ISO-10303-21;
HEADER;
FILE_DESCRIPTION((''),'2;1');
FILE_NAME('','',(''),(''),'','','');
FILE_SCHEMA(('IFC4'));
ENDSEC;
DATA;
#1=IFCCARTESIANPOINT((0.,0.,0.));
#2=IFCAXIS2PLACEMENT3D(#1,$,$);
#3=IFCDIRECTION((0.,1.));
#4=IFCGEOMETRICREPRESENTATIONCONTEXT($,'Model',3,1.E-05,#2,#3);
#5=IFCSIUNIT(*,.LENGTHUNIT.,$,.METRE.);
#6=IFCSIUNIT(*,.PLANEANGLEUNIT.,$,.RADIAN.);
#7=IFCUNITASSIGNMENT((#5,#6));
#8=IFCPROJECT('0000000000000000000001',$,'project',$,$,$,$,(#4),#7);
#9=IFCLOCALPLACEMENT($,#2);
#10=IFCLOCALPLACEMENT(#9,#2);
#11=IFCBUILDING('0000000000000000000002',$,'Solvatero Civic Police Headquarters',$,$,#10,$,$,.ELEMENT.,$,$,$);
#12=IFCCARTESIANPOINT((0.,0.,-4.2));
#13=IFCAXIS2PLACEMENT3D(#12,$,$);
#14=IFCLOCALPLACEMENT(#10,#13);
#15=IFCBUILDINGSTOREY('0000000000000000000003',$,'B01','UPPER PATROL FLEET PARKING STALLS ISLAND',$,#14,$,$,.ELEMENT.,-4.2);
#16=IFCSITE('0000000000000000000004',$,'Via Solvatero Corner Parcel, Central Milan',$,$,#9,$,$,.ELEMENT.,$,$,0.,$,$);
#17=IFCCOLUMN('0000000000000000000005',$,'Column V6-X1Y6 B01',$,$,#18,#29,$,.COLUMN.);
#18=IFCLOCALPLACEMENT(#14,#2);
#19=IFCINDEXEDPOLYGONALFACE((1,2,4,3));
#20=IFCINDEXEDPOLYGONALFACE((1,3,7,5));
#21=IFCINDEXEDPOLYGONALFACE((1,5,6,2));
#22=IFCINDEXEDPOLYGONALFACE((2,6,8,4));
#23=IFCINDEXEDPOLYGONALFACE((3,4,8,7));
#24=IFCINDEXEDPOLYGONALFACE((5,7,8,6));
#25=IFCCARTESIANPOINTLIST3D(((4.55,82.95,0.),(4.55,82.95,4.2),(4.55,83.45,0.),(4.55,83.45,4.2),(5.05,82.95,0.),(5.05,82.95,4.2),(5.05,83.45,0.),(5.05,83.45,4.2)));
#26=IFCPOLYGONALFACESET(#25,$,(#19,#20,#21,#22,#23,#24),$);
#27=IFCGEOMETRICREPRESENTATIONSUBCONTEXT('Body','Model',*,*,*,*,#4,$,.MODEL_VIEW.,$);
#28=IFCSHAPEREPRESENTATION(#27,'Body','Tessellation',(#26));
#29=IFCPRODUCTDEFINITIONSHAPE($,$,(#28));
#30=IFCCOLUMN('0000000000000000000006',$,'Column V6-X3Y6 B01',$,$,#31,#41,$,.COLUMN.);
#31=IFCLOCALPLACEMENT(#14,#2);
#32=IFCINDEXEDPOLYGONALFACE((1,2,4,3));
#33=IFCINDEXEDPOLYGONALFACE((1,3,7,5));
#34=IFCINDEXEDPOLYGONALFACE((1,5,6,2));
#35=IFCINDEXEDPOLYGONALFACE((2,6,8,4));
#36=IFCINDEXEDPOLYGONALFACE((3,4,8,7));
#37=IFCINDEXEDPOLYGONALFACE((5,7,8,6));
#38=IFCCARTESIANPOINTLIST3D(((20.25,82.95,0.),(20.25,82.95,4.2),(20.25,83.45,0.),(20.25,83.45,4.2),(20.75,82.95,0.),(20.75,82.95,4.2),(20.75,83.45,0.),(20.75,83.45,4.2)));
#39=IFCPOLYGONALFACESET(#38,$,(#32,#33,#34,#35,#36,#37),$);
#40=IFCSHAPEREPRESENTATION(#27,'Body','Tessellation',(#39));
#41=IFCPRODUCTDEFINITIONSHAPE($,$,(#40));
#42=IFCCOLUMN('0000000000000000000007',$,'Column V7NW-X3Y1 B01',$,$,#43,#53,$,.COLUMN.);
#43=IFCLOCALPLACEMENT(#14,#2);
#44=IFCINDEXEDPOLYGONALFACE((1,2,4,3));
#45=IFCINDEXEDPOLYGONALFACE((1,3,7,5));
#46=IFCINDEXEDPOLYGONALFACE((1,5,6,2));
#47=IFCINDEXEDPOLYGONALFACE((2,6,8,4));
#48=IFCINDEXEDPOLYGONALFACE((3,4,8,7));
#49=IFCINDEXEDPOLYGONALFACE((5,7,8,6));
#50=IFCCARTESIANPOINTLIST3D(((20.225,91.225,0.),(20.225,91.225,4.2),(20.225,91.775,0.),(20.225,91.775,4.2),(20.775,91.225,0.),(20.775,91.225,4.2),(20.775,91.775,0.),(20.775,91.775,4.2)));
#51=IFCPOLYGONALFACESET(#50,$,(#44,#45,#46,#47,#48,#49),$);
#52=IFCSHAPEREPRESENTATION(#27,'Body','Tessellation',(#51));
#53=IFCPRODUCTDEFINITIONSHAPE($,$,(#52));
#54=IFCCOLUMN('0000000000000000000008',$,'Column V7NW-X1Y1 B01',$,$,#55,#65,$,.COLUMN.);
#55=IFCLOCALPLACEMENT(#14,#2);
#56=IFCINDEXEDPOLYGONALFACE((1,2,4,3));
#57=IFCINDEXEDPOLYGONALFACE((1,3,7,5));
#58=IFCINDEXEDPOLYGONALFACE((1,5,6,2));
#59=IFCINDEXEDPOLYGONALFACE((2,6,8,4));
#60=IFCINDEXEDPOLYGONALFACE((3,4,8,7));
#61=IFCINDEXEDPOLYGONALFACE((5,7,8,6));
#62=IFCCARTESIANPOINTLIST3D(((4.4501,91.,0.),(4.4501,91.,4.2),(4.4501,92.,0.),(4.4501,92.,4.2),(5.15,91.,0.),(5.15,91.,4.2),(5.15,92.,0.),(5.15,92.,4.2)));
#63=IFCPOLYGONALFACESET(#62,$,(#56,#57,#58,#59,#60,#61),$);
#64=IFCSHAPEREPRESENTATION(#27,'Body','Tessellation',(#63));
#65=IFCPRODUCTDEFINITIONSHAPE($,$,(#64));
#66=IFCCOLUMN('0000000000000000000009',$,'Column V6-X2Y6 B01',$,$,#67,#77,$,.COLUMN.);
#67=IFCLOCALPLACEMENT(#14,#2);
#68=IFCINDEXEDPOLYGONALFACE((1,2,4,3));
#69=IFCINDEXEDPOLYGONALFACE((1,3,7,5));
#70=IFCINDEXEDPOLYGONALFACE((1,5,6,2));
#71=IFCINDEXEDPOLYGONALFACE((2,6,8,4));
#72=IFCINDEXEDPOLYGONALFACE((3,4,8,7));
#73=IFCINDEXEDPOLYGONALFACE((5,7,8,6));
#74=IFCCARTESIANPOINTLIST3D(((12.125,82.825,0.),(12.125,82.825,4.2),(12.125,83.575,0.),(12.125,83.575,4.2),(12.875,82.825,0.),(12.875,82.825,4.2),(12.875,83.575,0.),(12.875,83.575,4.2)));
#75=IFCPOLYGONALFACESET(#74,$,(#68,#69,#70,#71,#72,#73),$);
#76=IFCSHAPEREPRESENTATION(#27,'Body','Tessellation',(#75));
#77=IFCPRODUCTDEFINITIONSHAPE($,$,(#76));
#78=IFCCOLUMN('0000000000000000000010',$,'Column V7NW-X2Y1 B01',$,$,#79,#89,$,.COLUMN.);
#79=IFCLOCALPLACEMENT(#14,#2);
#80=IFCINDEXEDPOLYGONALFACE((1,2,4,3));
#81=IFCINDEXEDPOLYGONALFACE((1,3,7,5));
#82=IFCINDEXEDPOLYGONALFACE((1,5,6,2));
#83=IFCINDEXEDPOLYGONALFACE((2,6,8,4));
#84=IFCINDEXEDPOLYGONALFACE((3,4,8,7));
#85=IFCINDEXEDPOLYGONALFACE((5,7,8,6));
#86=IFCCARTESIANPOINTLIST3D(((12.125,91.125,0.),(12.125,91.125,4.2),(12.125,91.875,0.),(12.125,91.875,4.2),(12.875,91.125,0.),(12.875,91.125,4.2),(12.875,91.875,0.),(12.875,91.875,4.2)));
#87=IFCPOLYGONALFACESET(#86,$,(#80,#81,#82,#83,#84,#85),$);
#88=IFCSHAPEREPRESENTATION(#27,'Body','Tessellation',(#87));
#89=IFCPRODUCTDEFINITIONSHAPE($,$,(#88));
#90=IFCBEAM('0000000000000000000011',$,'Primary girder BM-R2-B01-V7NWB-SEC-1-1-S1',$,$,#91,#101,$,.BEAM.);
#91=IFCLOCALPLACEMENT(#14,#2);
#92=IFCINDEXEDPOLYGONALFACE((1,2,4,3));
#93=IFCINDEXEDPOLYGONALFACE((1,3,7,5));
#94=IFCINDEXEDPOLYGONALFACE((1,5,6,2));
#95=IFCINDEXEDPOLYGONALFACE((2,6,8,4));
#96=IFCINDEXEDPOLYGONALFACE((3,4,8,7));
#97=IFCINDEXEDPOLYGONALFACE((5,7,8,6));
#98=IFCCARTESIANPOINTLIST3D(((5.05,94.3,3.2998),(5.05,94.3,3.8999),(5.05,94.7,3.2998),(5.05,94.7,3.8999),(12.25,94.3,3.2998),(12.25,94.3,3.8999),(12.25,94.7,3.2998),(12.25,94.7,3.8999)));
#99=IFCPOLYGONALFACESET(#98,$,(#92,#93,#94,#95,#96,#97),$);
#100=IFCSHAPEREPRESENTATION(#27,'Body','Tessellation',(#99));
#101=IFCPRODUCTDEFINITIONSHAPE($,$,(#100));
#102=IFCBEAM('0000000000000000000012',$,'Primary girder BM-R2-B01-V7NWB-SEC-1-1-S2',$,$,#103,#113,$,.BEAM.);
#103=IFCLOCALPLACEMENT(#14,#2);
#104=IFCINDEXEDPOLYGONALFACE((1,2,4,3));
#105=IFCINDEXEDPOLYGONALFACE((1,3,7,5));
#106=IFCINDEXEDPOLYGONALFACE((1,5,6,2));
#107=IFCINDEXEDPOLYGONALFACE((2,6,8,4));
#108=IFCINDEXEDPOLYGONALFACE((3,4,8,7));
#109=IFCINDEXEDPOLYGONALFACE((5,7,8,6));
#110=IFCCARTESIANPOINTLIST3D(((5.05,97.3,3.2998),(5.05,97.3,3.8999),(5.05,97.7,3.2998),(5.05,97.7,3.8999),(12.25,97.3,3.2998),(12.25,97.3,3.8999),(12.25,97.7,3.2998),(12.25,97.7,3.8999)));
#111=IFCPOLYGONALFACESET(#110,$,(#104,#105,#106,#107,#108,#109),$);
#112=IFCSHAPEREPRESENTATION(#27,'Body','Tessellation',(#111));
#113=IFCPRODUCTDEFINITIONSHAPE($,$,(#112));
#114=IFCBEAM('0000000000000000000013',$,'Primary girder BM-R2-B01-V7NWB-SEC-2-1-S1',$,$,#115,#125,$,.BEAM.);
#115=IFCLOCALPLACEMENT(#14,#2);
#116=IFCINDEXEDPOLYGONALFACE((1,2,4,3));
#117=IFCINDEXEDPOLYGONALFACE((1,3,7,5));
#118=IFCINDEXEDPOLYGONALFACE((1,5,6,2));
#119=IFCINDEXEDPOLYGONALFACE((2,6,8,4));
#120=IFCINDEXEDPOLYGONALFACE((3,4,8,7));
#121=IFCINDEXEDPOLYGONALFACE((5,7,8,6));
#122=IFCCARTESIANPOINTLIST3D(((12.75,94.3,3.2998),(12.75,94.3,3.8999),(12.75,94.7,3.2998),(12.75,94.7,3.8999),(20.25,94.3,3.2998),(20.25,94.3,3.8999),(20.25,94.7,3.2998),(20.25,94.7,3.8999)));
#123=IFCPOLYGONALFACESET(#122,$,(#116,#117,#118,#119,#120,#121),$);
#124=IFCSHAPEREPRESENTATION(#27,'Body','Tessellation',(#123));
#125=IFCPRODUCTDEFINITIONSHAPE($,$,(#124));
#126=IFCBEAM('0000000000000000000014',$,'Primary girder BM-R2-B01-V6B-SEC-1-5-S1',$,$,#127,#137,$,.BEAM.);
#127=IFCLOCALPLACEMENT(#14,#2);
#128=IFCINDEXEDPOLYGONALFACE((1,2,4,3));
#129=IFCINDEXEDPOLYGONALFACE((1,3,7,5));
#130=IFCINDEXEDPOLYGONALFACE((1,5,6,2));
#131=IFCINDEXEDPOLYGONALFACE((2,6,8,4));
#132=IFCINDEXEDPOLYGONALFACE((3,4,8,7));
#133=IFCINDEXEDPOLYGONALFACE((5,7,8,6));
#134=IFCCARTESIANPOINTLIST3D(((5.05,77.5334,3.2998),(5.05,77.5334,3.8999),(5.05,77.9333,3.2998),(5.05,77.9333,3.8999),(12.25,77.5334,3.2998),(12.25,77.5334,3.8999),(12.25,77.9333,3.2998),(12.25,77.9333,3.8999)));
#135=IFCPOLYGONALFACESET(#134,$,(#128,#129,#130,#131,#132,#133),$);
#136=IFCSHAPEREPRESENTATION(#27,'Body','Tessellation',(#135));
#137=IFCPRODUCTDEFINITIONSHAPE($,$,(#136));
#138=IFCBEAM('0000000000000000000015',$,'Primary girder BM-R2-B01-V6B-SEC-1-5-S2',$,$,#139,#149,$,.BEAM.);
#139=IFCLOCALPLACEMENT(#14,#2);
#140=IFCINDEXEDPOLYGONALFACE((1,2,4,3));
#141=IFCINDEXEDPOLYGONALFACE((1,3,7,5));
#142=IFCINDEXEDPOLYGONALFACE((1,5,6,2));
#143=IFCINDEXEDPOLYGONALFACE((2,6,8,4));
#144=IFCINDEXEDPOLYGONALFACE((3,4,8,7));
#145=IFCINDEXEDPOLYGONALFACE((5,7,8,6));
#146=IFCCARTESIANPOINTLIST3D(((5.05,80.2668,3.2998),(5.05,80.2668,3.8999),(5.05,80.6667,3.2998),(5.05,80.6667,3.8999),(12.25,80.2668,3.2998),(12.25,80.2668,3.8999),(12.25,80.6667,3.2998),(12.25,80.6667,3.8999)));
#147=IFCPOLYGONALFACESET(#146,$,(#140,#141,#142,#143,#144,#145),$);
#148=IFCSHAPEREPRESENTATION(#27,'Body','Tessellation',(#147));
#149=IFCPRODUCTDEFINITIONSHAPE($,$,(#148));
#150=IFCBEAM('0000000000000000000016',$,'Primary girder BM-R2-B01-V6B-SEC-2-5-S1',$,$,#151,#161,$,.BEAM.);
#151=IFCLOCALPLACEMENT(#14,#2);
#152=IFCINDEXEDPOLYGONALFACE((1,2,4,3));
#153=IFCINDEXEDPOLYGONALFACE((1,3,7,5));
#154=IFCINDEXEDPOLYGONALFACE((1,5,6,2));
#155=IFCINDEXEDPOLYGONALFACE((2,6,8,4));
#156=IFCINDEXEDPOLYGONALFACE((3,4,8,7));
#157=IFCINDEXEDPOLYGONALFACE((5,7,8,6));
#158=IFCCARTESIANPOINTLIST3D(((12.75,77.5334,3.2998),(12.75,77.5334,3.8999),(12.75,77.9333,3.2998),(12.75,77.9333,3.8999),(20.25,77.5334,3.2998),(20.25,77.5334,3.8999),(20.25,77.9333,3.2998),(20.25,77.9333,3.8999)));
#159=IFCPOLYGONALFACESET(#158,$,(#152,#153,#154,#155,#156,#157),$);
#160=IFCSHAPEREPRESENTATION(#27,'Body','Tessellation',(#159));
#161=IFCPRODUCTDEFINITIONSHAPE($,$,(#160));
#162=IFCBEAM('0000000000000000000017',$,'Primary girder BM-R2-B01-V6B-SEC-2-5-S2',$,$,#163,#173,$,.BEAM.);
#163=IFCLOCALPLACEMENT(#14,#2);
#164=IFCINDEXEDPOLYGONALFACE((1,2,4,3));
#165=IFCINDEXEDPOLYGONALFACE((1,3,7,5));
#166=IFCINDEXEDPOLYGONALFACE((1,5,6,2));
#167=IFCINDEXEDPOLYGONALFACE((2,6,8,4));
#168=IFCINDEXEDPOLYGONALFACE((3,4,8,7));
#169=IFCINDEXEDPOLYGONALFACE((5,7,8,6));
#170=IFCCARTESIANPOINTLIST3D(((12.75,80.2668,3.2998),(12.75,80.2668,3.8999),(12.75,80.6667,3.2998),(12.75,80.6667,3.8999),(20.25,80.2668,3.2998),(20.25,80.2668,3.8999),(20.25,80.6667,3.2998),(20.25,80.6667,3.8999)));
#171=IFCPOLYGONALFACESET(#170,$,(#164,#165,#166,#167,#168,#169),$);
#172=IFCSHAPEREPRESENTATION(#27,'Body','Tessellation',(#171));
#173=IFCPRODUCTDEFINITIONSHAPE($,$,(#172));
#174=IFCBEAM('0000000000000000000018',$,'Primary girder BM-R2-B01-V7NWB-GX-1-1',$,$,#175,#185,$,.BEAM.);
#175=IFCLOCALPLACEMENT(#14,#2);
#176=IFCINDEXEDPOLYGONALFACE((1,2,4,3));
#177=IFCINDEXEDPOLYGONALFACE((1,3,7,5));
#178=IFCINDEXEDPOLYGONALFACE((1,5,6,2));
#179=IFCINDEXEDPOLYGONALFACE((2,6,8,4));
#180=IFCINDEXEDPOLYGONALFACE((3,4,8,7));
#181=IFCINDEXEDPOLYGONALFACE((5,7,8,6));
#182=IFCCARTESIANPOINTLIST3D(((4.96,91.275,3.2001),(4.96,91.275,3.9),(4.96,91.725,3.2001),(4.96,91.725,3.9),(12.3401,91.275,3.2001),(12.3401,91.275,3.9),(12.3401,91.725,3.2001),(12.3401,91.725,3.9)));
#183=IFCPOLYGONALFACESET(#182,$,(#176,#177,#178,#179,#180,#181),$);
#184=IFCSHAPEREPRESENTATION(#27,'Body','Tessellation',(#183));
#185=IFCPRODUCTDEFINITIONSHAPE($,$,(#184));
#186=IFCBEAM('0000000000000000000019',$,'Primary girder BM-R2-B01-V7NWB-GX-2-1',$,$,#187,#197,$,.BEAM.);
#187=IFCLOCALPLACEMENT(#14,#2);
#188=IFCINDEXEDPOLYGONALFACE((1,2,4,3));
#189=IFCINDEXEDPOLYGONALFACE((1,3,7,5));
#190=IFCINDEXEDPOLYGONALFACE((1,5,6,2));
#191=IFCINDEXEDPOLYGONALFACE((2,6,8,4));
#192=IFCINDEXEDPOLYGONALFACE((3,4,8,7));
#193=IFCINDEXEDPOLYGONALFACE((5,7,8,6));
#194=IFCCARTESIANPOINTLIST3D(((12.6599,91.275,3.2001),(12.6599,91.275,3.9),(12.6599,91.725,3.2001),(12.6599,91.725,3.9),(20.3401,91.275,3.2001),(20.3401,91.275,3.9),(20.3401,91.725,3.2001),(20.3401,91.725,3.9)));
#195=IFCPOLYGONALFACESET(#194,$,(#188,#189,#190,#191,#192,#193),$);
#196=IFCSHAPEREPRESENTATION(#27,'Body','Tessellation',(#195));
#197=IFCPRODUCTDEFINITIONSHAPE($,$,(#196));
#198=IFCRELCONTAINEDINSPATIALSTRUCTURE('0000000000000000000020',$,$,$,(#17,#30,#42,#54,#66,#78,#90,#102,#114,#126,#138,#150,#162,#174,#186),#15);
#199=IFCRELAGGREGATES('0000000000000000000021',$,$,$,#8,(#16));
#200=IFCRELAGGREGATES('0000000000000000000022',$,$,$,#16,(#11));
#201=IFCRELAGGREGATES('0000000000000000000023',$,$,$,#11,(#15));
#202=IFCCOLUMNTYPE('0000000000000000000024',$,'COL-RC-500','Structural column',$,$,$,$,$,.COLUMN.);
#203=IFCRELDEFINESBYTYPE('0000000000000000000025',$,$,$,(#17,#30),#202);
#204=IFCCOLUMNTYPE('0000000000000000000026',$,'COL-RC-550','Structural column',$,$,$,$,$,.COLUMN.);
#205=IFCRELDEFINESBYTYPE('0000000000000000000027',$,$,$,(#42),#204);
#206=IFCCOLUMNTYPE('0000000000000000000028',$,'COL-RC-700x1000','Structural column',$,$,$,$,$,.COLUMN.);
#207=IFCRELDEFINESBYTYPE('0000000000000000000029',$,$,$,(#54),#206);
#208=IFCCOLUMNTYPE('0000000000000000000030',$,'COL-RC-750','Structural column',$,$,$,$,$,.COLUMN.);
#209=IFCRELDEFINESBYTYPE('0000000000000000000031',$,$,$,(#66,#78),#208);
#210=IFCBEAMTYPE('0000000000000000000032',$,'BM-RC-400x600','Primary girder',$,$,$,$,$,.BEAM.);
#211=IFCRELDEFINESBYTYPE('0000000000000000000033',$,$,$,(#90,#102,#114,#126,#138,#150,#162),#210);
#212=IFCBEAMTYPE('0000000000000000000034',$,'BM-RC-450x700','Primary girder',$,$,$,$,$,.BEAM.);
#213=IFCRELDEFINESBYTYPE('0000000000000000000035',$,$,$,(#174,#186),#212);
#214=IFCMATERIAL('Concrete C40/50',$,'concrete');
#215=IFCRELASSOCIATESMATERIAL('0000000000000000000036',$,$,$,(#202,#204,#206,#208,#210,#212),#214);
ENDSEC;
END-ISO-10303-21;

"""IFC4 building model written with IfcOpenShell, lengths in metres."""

from ifc_helpers import new_model, si_unit, direction, frame, origin, origin_2d, place, context, subcontext, project, spatial, rectangle, extrude, material, material_profile, profile_set, type_object, element, save


model = new_model("IFC4")

# Units and contexts
model_context = context("Model", 3, precision=1e-05, world=origin(), true_north=direction((0.0, 1.0)))
body_context = subcontext(model_context, "Body", "Model", "MODEL_VIEW")
ifc_project = project(units=[si_unit("LENGTHUNIT", "METRE"), si_unit("PLANEANGLEUNIT", "RADIAN")], contexts=[model_context])

# Site, building, storey
site_placement = place(None, origin())
site = spatial("IfcSite", under=ifc_project, at=site_placement, Name="Via Solvatero Corner Parcel, Central Milan", CompositionType="ELEMENT", RefElevation=0.0)
building_placement = place(site_placement, origin())
building = spatial("IfcBuilding", under=site, at=building_placement, Name="Solvatero Civic Police Headquarters", CompositionType="ELEMENT")
storey_placement = place(building_placement, frame((0.0, 0.0, -4.2)))
storey = spatial("IfcBuildingStorey", under=building, at=storey_placement, Name="B01", Description="UPPER PATROL FLEET PARKING STALLS ISLAND", CompositionType="ELEMENT", Elevation=-4.2)

# Columns
ifc_material_1 = material(Name="Concrete C40/50", Category="concrete")
ifc_material_profile_1 = material_profile(ifc_material_1, rectangle(XDim=0.5, YDim=0.5, at=origin_2d()), Name="RC 500x500")
ifc_profile_set_1 = profile_set([ifc_material_profile_1], Name="Concrete C40/50")
column_type_1 = type_object("IfcColumnType", Name="COL-RC-500", Description="Structural column", PredefinedType="COLUMN", material=ifc_profile_set_1)
for number, where, z_axis, x_axis, name in (
    (1, (4.8, 83.2, 0.0), (0.0, 0.0, 1.0), (1.0, 0.0, 0.0), "Column V6-X1Y6 B01"),
    (2, (20.5, 83.2, 0.0), (0.0, 0.0, 1.0), (1.0, 0.0, 0.0), "Column V6-X3Y6 B01"),
):
    element("IfcColumn", number, at=place(storey_placement, frame(where, z_axis=z_axis, x_axis=x_axis)), inside=storey, type_object=column_type_1, Name=name, PredefinedType="COLUMN", context=body_context, shape_type="SweptSolid", body=[
        extrude(rectangle(XDim=0.5, YDim=0.5, at=origin_2d()), origin(), (0.0, 0.0, 1.0), 4.2),
    ])
ifc_material_profile_2 = material_profile(ifc_material_1, rectangle(XDim=0.55, YDim=0.55, at=origin_2d()), Name="RC 550x550")
ifc_profile_set_2 = profile_set([ifc_material_profile_2], Name="Concrete C40/50")
column_type_2 = type_object("IfcColumnType", Name="COL-RC-550", Description="Structural column", PredefinedType="COLUMN", material=ifc_profile_set_2)
column_1_placement = place(storey_placement, frame((20.5, 91.5, 0.0), z_axis=(0.0, 0.0, 1.0), x_axis=(1.0, 0.0, 0.0)))
element("IfcColumn", 3, at=column_1_placement, inside=storey, type_object=column_type_2, Name="Column V7NW-X3Y1 B01", PredefinedType="COLUMN", context=body_context, shape_type="SweptSolid", body=[
    extrude(rectangle(XDim=0.55, YDim=0.55, at=origin_2d()), origin(), (0.0, 0.0, 1.0), 4.2),
])
ifc_material_profile_3 = material_profile(ifc_material_1, rectangle(XDim=0.7, YDim=1.0, at=origin_2d()), Name="RC 700x1000")
ifc_profile_set_3 = profile_set([ifc_material_profile_3], Name="Concrete C40/50")
column_type_3 = type_object("IfcColumnType", Name="COL-RC-700x1000", Description="Structural column", PredefinedType="COLUMN", material=ifc_profile_set_3)
column_2_placement = place(storey_placement, frame((4.8, 91.5, 0.0), z_axis=(0.0, 0.0, 1.0), x_axis=(1.0, 0.0, 0.0)))
element("IfcColumn", 4, at=column_2_placement, inside=storey, type_object=column_type_3, Name="Column V7NW-X1Y1 B01", PredefinedType="COLUMN", context=body_context, shape_type="SweptSolid", body=[
    extrude(rectangle(XDim=0.7, YDim=1.0, at=origin_2d()), origin(), (0.0, 0.0, 1.0), 4.2),
])
ifc_material_profile_4 = material_profile(ifc_material_1, rectangle(XDim=0.75, YDim=0.75, at=origin_2d()), Name="RC 750x750")
ifc_profile_set_4 = profile_set([ifc_material_profile_4], Name="Concrete C40/50")
column_type_4 = type_object("IfcColumnType", Name="COL-RC-750", Description="Structural column", PredefinedType="COLUMN", material=ifc_profile_set_4)
for number, where, z_axis, x_axis, name in (
    (5, (12.5, 83.2, 0.0), (0.0, 0.0, 1.0), (1.0, 0.0, 0.0), "Column V6-X2Y6 B01"),
    (6, (12.5, 91.5, 0.0), (0.0, 0.0, 1.0), (1.0, 0.0, 0.0), "Column V7NW-X2Y1 B01"),
):
    element("IfcColumn", number, at=place(storey_placement, frame(where, z_axis=z_axis, x_axis=x_axis)), inside=storey, type_object=column_type_4, Name=name, PredefinedType="COLUMN", context=body_context, shape_type="SweptSolid", body=[
        extrude(rectangle(XDim=0.75, YDim=0.75, at=origin_2d()), origin(), (0.0, 0.0, 1.0), 4.2),
    ])

# Beams
ifc_material_profile_5 = material_profile(ifc_material_1, rectangle(XDim=0.3999, YDim=0.6001, at=origin_2d()), Name="RC 400x600")
ifc_profile_set_5 = profile_set([ifc_material_profile_5], Name="Concrete C40/50")
beam_type_1 = type_object("IfcBeamType", Name="BM-RC-400x600", Description="Primary girder", PredefinedType="BEAM", material=ifc_profile_set_5)
for number, where, z_axis, x_axis, name in (
    (7, (5.05, 94.5, 3.5999), (1.0, 0.0, 0.0), (0.0, 1.0, 0.0), "Primary girder BM-R2-B01-V7NWB-SEC-1-1-S1"),
    (8, (5.05, 97.5, 3.5999), (1.0, 0.0, 0.0), (0.0, 1.0, 0.0), "Primary girder BM-R2-B01-V7NWB-SEC-1-1-S2"),
):
    element("IfcBeam", number, at=place(storey_placement, frame(where, z_axis=z_axis, x_axis=x_axis)), inside=storey, type_object=beam_type_1, Name=name, PredefinedType="BEAM", context=body_context, shape_type="SweptSolid", body=[
        extrude(rectangle(XDim=0.3999, YDim=0.6001, at=origin_2d()), origin(), (0.0, 0.0, 1.0), 7.2),
    ])
beam_1_placement = place(storey_placement, frame((12.75, 94.5, 3.5999), z_axis=(1.0, 0.0, 0.0), x_axis=(0.0, 1.0, 0.0)))
element("IfcBeam", 9, at=beam_1_placement, inside=storey, type_object=beam_type_1, Name="Primary girder BM-R2-B01-V7NWB-SEC-2-1-S1", PredefinedType="BEAM", context=body_context, shape_type="SweptSolid", body=[
    extrude(rectangle(XDim=0.3999, YDim=0.6001, at=origin_2d()), origin(), (0.0, 0.0, 1.0), 7.5),
])
for number, where, z_axis, x_axis, name in (
    (10, (5.05, 77.7334, 3.5999), (1.0, 0.0, 0.0), (0.0, 1.0, 0.0), "Primary girder BM-R2-B01-V6B-SEC-1-5-S1"),
    (11, (5.05, 80.4668, 3.5999), (1.0, 0.0, 0.0), (0.0, 1.0, 0.0), "Primary girder BM-R2-B01-V6B-SEC-1-5-S2"),
):
    element("IfcBeam", number, at=place(storey_placement, frame(where, z_axis=z_axis, x_axis=x_axis)), inside=storey, type_object=beam_type_1, Name=name, PredefinedType="BEAM", context=body_context, shape_type="SweptSolid", body=[
        extrude(rectangle(XDim=0.3999, YDim=0.6001, at=origin_2d()), origin(), (0.0, 0.0, 1.0), 7.2),
    ])
for number, where, z_axis, x_axis, name in (
    (12, (12.75, 77.7334, 3.5999), (1.0, 0.0, 0.0), (0.0, 1.0, 0.0), "Primary girder BM-R2-B01-V6B-SEC-2-5-S1"),
    (13, (12.75, 80.4668, 3.5999), (1.0, 0.0, 0.0), (0.0, 1.0, 0.0), "Primary girder BM-R2-B01-V6B-SEC-2-5-S2"),
):
    element("IfcBeam", number, at=place(storey_placement, frame(where, z_axis=z_axis, x_axis=x_axis)), inside=storey, type_object=beam_type_1, Name=name, PredefinedType="BEAM", context=body_context, shape_type="SweptSolid", body=[
        extrude(rectangle(XDim=0.3999, YDim=0.6001, at=origin_2d()), origin(), (0.0, 0.0, 1.0), 7.5),
    ])
ifc_material_profile_6 = material_profile(ifc_material_1, rectangle(XDim=0.45, YDim=0.7, at=origin_2d()), Name="RC 450x700")
ifc_profile_set_6 = profile_set([ifc_material_profile_6], Name="Concrete C40/50")
beam_type_2 = type_object("IfcBeamType", Name="BM-RC-450x700", Description="Primary girder", PredefinedType="BEAM", material=ifc_profile_set_6)
beam_2_placement = place(storey_placement, frame((4.96, 91.5, 3.55), z_axis=(1.0, 0.0, 0.0), x_axis=(0.0, 1.0, 0.0)))
element("IfcBeam", 14, at=beam_2_placement, inside=storey, type_object=beam_type_2, Name="Primary girder BM-R2-B01-V7NWB-GX-1-1", PredefinedType="BEAM", context=body_context, shape_type="SweptSolid", body=[
    extrude(rectangle(XDim=0.45, YDim=0.7, at=origin_2d()), origin(), (0.0, 0.0, 1.0), 7.3801),
])
beam_3_placement = place(storey_placement, frame((12.6599, 91.5, 3.55), z_axis=(1.0, 0.0, 0.0), x_axis=(0.0, 1.0, 0.0)))
element("IfcBeam", 15, at=beam_3_placement, inside=storey, type_object=beam_type_2, Name="Primary girder BM-R2-B01-V7NWB-GX-2-1", PredefinedType="BEAM", context=body_context, shape_type="SweptSolid", body=[
    extrude(rectangle(XDim=0.45, YDim=0.7, at=origin_2d()), origin(), (0.0, 0.0, 1.0), 7.6802),
])

save(model, "model.ifc")
